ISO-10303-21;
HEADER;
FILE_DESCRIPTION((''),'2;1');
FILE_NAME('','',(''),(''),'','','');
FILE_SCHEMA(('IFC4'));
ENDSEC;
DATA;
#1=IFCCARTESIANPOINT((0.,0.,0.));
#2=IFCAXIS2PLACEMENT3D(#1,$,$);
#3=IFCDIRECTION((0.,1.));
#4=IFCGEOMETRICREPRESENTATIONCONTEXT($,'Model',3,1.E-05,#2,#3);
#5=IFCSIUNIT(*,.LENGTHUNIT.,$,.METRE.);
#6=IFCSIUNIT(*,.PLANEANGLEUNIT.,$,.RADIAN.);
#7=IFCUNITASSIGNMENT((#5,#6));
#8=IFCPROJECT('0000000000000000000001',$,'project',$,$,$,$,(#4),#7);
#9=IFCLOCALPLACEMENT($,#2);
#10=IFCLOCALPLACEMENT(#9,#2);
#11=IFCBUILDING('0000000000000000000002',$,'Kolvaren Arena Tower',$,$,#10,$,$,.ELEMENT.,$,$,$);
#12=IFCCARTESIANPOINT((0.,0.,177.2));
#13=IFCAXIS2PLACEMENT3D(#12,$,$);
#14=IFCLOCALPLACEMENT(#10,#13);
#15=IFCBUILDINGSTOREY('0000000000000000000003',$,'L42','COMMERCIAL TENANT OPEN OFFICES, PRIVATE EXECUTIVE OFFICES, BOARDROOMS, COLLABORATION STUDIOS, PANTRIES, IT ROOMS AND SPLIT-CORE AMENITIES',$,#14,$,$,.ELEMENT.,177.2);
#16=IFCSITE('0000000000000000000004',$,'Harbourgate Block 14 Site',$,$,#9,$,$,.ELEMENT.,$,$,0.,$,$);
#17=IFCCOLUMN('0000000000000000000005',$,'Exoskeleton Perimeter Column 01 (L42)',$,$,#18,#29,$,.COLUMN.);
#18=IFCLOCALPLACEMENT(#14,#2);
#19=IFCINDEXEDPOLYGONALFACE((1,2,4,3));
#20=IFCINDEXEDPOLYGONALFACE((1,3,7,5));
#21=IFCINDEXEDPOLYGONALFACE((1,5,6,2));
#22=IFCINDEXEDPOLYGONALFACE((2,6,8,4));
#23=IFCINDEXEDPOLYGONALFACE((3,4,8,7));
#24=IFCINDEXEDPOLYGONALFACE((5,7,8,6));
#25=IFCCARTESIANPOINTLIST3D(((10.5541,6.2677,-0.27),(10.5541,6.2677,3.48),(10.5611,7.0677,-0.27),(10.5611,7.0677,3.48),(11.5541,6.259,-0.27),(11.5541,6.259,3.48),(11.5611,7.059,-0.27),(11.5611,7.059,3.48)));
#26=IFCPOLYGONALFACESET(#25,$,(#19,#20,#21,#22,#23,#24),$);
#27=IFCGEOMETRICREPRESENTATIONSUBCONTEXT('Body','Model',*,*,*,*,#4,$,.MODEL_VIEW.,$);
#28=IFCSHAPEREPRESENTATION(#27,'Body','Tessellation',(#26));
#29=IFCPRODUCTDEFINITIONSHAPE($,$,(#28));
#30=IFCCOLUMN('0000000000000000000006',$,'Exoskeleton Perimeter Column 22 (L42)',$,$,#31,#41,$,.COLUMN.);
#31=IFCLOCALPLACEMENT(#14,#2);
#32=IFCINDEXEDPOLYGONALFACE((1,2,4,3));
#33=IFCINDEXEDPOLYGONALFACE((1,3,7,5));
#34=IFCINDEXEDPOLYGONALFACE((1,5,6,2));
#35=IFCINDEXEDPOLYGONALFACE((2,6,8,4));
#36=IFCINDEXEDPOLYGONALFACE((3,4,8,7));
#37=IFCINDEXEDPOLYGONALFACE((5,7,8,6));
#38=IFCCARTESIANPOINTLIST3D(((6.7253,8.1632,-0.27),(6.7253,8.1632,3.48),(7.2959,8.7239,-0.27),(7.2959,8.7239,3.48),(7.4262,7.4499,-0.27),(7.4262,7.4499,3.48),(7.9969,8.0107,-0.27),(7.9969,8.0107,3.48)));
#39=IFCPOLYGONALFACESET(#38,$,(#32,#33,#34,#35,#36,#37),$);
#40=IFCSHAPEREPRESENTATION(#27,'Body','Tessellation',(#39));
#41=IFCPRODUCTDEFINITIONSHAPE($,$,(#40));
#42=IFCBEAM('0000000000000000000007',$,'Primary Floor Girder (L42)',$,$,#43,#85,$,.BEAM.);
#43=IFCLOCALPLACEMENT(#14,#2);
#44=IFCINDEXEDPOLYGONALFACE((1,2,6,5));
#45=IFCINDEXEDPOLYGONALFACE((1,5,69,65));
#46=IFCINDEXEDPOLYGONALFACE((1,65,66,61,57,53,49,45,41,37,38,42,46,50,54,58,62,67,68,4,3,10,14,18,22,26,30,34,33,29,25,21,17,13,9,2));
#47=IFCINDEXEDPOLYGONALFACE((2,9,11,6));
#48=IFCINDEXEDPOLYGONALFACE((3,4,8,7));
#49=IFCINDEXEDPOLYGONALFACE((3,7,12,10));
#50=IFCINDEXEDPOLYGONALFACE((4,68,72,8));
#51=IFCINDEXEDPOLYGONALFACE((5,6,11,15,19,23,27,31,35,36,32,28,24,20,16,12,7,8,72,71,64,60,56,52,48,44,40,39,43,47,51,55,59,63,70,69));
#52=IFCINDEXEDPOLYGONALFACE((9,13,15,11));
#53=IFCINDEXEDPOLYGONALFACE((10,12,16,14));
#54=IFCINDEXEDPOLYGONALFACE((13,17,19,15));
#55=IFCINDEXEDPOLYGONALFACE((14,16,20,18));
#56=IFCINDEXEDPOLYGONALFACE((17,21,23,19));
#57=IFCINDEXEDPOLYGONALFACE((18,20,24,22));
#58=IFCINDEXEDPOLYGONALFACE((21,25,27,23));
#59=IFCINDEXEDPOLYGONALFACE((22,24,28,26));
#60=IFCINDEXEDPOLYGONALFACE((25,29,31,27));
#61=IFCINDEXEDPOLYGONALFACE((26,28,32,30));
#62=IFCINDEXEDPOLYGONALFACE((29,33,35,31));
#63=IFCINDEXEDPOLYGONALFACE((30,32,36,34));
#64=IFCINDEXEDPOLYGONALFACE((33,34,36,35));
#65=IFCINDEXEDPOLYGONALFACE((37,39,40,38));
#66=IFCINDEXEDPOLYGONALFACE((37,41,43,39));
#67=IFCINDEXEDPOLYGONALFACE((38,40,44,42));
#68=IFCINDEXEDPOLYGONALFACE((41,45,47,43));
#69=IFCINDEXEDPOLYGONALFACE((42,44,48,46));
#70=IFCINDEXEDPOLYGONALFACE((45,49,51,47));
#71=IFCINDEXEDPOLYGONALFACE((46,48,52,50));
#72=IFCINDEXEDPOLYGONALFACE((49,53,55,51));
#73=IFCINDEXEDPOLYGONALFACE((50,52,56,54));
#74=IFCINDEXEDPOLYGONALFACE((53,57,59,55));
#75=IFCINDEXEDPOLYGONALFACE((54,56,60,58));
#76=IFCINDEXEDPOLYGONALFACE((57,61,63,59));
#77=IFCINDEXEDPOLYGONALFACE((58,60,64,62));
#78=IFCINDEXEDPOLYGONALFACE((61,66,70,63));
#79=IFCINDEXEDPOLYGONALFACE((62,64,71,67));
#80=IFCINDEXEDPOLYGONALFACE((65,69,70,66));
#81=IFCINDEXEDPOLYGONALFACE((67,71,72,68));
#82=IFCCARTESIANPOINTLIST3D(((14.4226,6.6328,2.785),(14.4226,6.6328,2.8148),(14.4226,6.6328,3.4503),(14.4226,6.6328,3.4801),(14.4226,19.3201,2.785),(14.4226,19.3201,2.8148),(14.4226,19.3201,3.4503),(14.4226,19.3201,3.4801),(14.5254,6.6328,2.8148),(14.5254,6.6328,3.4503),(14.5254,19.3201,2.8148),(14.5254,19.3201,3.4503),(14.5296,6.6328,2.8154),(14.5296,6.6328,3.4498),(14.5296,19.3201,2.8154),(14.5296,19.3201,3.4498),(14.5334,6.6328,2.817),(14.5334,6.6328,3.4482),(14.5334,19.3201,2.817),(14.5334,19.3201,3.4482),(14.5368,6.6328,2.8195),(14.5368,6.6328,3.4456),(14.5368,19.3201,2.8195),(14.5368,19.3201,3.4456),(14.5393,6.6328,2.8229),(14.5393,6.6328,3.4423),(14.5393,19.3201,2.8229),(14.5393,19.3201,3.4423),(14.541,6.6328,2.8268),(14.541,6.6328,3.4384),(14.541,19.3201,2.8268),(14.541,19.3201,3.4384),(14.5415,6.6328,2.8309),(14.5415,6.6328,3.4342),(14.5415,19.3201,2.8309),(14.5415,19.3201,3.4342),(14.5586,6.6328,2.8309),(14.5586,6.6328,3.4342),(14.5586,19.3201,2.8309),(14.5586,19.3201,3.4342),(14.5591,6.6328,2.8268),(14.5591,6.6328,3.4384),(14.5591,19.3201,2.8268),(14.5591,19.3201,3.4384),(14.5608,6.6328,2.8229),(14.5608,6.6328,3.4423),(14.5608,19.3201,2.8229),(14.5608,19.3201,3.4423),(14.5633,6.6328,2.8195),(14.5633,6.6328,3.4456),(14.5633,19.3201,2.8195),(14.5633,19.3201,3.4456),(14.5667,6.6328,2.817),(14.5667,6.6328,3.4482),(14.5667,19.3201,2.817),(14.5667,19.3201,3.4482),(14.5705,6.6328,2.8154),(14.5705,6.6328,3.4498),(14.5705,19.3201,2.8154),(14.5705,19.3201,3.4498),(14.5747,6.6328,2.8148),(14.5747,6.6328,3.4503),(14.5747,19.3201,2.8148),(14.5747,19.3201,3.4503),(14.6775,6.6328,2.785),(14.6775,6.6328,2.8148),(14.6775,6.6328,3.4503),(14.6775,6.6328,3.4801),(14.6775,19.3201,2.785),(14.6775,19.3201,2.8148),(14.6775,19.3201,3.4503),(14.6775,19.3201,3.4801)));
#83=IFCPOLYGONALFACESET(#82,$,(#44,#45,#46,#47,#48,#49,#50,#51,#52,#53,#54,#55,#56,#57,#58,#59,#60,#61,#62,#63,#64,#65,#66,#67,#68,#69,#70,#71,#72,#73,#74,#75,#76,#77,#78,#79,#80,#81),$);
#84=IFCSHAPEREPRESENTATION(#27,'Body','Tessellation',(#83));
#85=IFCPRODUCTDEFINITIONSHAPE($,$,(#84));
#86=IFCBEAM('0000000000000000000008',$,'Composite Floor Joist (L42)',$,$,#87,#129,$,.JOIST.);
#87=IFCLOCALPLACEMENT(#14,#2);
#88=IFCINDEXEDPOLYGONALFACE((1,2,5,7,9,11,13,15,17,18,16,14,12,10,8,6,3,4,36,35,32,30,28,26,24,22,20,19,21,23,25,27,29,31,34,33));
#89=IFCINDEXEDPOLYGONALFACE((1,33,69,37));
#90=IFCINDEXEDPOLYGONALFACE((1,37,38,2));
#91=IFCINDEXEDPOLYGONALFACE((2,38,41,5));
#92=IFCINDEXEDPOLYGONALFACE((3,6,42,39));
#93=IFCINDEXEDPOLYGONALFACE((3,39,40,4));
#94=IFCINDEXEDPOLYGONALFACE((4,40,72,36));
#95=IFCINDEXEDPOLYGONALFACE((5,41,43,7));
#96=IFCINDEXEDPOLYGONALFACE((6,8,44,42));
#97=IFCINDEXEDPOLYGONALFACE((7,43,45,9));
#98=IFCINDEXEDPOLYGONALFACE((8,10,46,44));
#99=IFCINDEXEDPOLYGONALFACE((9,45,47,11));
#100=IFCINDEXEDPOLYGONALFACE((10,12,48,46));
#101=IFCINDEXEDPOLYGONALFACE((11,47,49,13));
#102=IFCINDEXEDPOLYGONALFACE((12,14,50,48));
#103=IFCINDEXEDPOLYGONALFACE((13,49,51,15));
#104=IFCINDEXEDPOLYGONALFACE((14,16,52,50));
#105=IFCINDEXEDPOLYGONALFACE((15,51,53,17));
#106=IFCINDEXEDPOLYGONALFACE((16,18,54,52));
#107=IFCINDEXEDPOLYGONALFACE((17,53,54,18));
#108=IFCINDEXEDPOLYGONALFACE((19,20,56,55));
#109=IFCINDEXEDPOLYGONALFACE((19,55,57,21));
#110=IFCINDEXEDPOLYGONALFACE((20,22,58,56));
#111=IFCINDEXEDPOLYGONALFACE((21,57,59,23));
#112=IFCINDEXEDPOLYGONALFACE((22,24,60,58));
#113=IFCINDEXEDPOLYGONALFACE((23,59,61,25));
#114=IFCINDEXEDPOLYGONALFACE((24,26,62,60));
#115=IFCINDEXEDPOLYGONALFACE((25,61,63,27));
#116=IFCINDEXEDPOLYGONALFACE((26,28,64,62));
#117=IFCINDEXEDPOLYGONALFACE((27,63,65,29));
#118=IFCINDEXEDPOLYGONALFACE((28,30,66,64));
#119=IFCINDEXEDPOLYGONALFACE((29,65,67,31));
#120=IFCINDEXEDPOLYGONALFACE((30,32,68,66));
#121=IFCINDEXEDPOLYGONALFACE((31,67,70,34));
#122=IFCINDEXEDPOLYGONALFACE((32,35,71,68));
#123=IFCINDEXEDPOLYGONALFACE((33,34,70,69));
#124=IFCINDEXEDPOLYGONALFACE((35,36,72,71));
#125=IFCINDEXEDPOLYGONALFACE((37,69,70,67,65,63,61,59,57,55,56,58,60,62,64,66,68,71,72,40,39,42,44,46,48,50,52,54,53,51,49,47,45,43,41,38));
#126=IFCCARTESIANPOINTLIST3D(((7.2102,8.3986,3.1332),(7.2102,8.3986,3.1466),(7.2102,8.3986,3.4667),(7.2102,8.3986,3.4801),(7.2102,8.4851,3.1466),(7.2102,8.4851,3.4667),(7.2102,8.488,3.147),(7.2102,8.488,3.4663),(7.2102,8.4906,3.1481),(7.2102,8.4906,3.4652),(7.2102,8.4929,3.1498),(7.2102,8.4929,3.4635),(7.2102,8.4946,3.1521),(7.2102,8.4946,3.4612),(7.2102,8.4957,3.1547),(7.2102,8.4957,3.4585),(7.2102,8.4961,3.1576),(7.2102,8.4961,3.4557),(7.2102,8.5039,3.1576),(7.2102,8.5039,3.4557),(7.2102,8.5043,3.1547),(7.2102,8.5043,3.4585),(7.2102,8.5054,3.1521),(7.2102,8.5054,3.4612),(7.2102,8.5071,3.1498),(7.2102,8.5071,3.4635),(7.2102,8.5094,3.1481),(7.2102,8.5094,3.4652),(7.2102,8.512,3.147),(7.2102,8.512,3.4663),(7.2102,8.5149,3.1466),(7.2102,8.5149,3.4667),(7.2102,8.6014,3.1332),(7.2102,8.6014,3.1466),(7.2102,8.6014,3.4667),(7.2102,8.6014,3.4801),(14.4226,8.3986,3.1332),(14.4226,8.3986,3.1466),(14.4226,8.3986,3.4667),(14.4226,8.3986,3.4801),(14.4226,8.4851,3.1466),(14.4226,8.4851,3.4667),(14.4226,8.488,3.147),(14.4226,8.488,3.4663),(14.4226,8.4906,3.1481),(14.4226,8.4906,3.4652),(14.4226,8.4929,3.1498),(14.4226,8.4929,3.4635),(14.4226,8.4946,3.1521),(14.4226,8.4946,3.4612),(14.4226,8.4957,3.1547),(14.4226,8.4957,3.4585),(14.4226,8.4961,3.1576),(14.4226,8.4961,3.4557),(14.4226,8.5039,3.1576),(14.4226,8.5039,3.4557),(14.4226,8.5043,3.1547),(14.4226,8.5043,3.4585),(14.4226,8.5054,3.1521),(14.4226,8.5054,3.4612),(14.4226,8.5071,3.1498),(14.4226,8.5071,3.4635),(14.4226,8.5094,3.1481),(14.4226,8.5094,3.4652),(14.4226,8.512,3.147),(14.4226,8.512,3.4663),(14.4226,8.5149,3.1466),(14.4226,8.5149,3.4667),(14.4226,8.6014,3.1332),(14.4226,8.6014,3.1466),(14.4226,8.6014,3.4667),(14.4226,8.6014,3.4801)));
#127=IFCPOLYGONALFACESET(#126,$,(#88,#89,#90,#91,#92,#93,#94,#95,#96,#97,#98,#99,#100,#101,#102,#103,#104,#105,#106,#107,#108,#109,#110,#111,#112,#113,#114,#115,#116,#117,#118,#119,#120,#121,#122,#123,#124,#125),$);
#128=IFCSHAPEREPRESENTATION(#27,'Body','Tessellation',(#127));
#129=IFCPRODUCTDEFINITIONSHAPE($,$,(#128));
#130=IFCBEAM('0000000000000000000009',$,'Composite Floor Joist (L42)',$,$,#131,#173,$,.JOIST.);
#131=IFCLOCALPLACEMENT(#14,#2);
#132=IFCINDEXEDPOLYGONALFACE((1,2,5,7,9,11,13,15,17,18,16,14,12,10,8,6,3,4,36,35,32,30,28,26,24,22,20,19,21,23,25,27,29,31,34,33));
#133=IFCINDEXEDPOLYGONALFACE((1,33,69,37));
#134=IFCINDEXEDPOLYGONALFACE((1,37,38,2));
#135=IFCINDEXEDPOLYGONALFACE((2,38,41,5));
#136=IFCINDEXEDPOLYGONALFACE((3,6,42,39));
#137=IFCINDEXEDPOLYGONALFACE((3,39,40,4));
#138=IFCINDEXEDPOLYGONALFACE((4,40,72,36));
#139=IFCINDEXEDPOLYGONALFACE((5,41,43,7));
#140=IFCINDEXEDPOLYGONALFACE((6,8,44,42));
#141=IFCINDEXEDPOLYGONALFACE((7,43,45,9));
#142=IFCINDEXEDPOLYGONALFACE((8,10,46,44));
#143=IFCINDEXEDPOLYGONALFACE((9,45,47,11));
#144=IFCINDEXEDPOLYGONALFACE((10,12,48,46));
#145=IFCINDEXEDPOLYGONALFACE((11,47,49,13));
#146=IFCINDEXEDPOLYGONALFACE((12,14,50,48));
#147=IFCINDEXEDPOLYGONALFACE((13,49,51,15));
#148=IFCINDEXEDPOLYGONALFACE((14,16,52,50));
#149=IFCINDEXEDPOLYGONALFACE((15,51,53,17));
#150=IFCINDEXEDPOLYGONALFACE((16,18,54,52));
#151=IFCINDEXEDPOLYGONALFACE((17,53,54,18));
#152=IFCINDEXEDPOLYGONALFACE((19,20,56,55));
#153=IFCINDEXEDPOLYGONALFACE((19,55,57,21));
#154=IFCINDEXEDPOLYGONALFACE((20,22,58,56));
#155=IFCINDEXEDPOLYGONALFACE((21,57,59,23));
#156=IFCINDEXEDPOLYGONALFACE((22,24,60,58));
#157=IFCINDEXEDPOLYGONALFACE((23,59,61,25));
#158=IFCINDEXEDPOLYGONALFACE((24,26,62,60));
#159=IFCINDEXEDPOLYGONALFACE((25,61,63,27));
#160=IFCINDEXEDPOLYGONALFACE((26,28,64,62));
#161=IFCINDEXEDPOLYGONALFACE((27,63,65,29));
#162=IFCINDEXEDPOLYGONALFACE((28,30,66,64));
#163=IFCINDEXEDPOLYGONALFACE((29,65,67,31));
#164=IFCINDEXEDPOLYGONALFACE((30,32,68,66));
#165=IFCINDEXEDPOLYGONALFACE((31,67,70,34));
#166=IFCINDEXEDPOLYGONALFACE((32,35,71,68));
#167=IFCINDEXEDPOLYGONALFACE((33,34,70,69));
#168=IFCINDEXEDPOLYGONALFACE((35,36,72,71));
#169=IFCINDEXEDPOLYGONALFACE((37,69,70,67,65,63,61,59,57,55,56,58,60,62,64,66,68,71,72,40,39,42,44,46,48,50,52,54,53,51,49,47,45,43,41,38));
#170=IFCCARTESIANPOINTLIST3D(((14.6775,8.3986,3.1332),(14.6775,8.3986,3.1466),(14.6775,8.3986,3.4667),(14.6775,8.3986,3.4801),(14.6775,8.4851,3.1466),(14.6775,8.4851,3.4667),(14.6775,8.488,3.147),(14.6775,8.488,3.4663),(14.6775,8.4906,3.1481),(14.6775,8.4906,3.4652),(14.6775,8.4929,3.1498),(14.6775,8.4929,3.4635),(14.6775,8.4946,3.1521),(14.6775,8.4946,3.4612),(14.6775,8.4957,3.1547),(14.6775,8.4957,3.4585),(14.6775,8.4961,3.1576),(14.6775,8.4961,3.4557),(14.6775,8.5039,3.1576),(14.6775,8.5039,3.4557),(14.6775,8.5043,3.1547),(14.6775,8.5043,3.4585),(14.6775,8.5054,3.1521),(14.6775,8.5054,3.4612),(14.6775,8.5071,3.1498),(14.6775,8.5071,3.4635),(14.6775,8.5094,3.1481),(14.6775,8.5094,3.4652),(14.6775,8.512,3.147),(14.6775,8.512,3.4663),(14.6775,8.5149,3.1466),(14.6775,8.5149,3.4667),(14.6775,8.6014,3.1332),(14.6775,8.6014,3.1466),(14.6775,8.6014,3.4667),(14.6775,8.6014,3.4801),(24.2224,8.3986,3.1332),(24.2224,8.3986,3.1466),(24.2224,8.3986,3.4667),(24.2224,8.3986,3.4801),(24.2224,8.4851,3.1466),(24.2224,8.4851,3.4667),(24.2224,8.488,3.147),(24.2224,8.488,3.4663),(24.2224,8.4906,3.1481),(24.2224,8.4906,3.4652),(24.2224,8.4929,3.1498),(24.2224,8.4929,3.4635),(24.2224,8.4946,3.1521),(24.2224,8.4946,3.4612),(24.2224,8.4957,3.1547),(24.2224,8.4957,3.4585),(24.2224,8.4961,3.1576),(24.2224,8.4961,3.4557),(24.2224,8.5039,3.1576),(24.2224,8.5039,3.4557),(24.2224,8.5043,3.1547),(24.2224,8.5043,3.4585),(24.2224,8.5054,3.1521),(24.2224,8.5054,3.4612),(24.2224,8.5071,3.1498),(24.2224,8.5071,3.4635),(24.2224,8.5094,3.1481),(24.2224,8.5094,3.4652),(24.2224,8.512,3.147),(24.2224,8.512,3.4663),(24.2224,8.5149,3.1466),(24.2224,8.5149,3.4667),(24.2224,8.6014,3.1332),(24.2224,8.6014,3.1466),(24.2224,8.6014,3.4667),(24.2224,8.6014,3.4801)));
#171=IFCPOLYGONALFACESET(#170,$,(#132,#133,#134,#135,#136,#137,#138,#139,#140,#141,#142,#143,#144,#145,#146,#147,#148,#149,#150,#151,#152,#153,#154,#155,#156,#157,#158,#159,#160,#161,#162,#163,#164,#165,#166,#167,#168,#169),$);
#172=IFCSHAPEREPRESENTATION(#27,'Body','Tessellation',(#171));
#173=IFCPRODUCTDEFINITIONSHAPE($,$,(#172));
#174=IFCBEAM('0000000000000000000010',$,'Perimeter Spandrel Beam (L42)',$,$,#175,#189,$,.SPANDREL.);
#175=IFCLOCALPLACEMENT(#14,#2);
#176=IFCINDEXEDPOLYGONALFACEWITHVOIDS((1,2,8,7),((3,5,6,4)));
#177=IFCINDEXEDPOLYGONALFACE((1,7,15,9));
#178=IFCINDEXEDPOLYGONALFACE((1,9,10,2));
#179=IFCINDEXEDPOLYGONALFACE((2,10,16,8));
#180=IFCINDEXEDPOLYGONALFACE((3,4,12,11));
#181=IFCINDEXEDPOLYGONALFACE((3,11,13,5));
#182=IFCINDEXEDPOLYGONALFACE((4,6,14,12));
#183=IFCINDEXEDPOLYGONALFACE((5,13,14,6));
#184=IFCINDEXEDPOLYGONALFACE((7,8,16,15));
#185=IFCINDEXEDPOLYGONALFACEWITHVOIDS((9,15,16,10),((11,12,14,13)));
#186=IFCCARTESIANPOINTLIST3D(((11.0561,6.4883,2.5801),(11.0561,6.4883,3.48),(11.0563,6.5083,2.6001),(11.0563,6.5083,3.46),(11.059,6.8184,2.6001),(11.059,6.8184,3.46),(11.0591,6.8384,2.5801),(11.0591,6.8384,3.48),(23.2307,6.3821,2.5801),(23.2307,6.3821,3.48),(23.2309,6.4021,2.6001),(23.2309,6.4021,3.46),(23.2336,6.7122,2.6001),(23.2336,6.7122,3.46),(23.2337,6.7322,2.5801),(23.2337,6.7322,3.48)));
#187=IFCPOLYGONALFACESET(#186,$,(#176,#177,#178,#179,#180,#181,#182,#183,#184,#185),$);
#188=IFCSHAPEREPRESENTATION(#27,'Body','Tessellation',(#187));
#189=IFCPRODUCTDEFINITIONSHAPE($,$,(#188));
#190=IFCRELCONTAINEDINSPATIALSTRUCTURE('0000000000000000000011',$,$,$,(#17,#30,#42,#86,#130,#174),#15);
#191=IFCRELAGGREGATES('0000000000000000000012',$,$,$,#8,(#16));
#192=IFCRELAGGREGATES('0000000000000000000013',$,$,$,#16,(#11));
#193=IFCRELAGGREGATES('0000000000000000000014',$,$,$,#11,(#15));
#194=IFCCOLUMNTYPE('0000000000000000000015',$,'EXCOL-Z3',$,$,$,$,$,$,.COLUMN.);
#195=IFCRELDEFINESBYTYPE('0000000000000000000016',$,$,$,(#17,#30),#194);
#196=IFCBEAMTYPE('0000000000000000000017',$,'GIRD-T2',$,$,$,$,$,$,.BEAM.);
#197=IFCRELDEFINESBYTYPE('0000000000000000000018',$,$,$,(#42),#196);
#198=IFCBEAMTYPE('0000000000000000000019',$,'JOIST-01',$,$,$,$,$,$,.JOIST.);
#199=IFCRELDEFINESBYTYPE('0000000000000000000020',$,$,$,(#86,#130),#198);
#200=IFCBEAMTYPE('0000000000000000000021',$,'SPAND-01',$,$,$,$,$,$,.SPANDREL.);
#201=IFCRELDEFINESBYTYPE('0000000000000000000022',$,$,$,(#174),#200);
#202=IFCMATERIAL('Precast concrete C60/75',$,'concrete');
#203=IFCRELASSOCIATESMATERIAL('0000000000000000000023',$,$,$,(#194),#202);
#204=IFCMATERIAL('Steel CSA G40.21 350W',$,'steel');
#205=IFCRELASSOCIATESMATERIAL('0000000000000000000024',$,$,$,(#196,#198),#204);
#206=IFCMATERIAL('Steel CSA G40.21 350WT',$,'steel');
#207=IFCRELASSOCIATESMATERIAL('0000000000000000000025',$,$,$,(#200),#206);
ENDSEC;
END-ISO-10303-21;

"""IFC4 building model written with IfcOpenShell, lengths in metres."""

from ifc_helpers import new_model, si_unit, direction, frame, origin, origin_2d, place, context, subcontext, project, spatial, rectangle, hollow_rectangle, i_section, extrude, material, material_profile, profile_set, type_object, element, save


model = new_model("IFC4")

# Units and contexts
model_context = context("Model", 3, precision=1e-05, world=origin(), true_north=direction((0.0, 1.0)))
body_context = subcontext(model_context, "Body", "Model", "MODEL_VIEW")
ifc_project = project(units=[si_unit("LENGTHUNIT", "METRE"), si_unit("PLANEANGLEUNIT", "RADIAN")], contexts=[model_context])

# Site, building, storey
site_placement = place(None, origin())
site = spatial("IfcSite", under=ifc_project, at=site_placement, Name="Harbourgate Block 14 Site", CompositionType="ELEMENT", RefElevation=0.0)
building_placement = place(site_placement, origin())
building = spatial("IfcBuilding", under=site, at=building_placement, Name="Kolvaren Arena Tower", CompositionType="ELEMENT")
storey_placement = place(building_placement, frame((0.0, 0.0, 177.2)))
storey = spatial("IfcBuildingStorey", under=building, at=storey_placement, Name="L42", Description="COMMERCIAL TENANT OPEN OFFICES, PRIVATE EXECUTIVE OFFICES, BOARDROOMS, COLLABORATION STUDIOS, PANTRIES, IT ROOMS AND SPLIT-CORE AMENITIES", CompositionType="ELEMENT", Elevation=177.2)

# Columns
ifc_material_1 = material(Name="Precast concrete C60/75", Category="concrete")
ifc_material_profile_1 = material_profile(ifc_material_1, rectangle(XDim=1.0, YDim=0.8, at=origin_2d()), Name="RC-1000x800")
ifc_profile_set_1 = profile_set([ifc_material_profile_1], Name="Precast concrete C60/75")
column_type = type_object("IfcColumnType", Name="EXCOL-Z3", PredefinedType="COLUMN", material=ifc_profile_set_1)
for number, where, z_axis, x_axis, name in (
    (1, (11.0576, 6.6633, -0.27), (0.0, 0.0, 1.0), (0.999962, -0.008727, 0.0), "Exoskeleton Perimeter Column 01 (L42)"),
    (2, (7.3611, 8.0869, -0.27), (0.0, 0.0, 1.0), (-0.700909, 0.71325, 0.0), "Exoskeleton Perimeter Column 22 (L42)"),
):
    element("IfcColumn", number, at=place(storey_placement, frame(where, z_axis=z_axis, x_axis=x_axis)), inside=storey, type_object=column_type, Name=name, PredefinedType="COLUMN", context=body_context, shape_type="SweptSolid", body=[
        extrude(rectangle(XDim=1.0, YDim=0.8, at=origin_2d()), origin(), (0.0, 0.0, 1.0), 3.75),
    ])

# Beams
ifc_material_2 = material(Name="Steel CSA G40.21 350W", Category="steel")
ifc_material_profile_2 = material_profile(ifc_material_2, i_section(OverallWidth=0.2549, OverallDepth=0.6951, WebThickness=0.0171, FlangeThickness=0.0298, FilletRadius=0.0161, at=origin_2d()), Name="W690x217")
ifc_profile_set_2 = profile_set([ifc_material_profile_2], Name="Steel CSA G40.21 350W")
beam_type_1 = type_object("IfcBeamType", Name="GIRD-T2", PredefinedType="BEAM", material=ifc_profile_set_2)
beam_1_placement = place(storey_placement, frame((14.55, 6.6328, 3.1326), z_axis=(0.0, 1.0, 0.0), x_axis=(-1.0, 0.0, 0.0)))
element("IfcBeam", 3, at=beam_1_placement, inside=storey, type_object=beam_type_1, Name="Primary Floor Girder (L42)", PredefinedType="BEAM", context=body_context, shape_type="SweptSolid", body=[
    extrude(i_section(OverallWidth=0.2549, OverallDepth=0.6951, WebThickness=0.0171, FlangeThickness=0.0298, FilletRadius=0.0161, at=origin_2d()), origin(), (0.0, 0.0, 1.0), 12.6873),
])
ifc_material_profile_3 = material_profile(ifc_material_2, i_section(OverallWidth=0.2029, OverallDepth=0.3469, WebThickness=0.0078, FlangeThickness=0.0134, FilletRadius=0.011, at=origin_2d()), Name="W360x64")
ifc_profile_set_3 = profile_set([ifc_material_profile_3], Name="Steel CSA G40.21 350W")
beam_type_2 = type_object("IfcBeamType", Name="JOIST-01", PredefinedType="JOIST", material=ifc_profile_set_3)
beam_2_placement = place(storey_placement, frame((7.2102, 8.5, 3.3066), z_axis=(1.0, 0.0, 0.0), x_axis=(0.0, 1.0, 0.0)))
element("IfcBeam", 4, at=beam_2_placement, inside=storey, type_object=beam_type_2, Name="Composite Floor Joist (L42)", PredefinedType="JOIST", context=body_context, shape_type="SweptSolid", body=[
    extrude(i_section(OverallWidth=0.2029, OverallDepth=0.3469, WebThickness=0.0078, FlangeThickness=0.0134, FilletRadius=0.011, at=origin_2d()), origin(), (0.0, 0.0, 1.0), 7.2124),
])
beam_3_placement = place(storey_placement, frame((14.6775, 8.5, 3.3066), z_axis=(1.0, 0.0, 0.0), x_axis=(0.0, 1.0, 0.0)))
element("IfcBeam", 5, at=beam_3_placement, inside=storey, type_object=beam_type_2, Name="Composite Floor Joist (L42)", PredefinedType="JOIST", context=body_context, shape_type="SweptSolid", body=[
    extrude(i_section(OverallWidth=0.2029, OverallDepth=0.3469, WebThickness=0.0078, FlangeThickness=0.0134, FilletRadius=0.011, at=origin_2d()), origin(), (0.0, 0.0, 1.0), 9.5449),
])
ifc_material_3 = material(Name="Steel CSA G40.21 350WT", Category="steel")
ifc_material_profile_4 = material_profile(ifc_material_3, hollow_rectangle(XDim=0.3501, YDim=0.8999, WallThickness=0.02, at=origin_2d()), Name="HSS 900x350x20")
ifc_profile_set_4 = profile_set([ifc_material_profile_4], Name="Steel CSA G40.21 350WT")
beam_type_3 = type_object("IfcBeamType", Name="SPAND-01", PredefinedType="SPANDREL", material=ifc_profile_set_4)
beam_4_placement = place(storey_placement, frame((11.0576, 6.6633, 3.03), z_axis=(0.999962, -0.008723, 0.0), x_axis=(0.008723, 0.999962, 0.0)))
element("IfcBeam", 6, at=beam_4_placement, inside=storey, type_object=beam_type_3, Name="Perimeter Spandrel Beam (L42)", PredefinedType="SPANDREL", context=body_context, shape_type="SweptSolid", body=[
    extrude(hollow_rectangle(XDim=0.3501, YDim=0.8999, WallThickness=0.02, at=origin_2d()), origin(), (0.0, 0.0, 1.0), 12.175),
])

save(model, "model.ifc")
